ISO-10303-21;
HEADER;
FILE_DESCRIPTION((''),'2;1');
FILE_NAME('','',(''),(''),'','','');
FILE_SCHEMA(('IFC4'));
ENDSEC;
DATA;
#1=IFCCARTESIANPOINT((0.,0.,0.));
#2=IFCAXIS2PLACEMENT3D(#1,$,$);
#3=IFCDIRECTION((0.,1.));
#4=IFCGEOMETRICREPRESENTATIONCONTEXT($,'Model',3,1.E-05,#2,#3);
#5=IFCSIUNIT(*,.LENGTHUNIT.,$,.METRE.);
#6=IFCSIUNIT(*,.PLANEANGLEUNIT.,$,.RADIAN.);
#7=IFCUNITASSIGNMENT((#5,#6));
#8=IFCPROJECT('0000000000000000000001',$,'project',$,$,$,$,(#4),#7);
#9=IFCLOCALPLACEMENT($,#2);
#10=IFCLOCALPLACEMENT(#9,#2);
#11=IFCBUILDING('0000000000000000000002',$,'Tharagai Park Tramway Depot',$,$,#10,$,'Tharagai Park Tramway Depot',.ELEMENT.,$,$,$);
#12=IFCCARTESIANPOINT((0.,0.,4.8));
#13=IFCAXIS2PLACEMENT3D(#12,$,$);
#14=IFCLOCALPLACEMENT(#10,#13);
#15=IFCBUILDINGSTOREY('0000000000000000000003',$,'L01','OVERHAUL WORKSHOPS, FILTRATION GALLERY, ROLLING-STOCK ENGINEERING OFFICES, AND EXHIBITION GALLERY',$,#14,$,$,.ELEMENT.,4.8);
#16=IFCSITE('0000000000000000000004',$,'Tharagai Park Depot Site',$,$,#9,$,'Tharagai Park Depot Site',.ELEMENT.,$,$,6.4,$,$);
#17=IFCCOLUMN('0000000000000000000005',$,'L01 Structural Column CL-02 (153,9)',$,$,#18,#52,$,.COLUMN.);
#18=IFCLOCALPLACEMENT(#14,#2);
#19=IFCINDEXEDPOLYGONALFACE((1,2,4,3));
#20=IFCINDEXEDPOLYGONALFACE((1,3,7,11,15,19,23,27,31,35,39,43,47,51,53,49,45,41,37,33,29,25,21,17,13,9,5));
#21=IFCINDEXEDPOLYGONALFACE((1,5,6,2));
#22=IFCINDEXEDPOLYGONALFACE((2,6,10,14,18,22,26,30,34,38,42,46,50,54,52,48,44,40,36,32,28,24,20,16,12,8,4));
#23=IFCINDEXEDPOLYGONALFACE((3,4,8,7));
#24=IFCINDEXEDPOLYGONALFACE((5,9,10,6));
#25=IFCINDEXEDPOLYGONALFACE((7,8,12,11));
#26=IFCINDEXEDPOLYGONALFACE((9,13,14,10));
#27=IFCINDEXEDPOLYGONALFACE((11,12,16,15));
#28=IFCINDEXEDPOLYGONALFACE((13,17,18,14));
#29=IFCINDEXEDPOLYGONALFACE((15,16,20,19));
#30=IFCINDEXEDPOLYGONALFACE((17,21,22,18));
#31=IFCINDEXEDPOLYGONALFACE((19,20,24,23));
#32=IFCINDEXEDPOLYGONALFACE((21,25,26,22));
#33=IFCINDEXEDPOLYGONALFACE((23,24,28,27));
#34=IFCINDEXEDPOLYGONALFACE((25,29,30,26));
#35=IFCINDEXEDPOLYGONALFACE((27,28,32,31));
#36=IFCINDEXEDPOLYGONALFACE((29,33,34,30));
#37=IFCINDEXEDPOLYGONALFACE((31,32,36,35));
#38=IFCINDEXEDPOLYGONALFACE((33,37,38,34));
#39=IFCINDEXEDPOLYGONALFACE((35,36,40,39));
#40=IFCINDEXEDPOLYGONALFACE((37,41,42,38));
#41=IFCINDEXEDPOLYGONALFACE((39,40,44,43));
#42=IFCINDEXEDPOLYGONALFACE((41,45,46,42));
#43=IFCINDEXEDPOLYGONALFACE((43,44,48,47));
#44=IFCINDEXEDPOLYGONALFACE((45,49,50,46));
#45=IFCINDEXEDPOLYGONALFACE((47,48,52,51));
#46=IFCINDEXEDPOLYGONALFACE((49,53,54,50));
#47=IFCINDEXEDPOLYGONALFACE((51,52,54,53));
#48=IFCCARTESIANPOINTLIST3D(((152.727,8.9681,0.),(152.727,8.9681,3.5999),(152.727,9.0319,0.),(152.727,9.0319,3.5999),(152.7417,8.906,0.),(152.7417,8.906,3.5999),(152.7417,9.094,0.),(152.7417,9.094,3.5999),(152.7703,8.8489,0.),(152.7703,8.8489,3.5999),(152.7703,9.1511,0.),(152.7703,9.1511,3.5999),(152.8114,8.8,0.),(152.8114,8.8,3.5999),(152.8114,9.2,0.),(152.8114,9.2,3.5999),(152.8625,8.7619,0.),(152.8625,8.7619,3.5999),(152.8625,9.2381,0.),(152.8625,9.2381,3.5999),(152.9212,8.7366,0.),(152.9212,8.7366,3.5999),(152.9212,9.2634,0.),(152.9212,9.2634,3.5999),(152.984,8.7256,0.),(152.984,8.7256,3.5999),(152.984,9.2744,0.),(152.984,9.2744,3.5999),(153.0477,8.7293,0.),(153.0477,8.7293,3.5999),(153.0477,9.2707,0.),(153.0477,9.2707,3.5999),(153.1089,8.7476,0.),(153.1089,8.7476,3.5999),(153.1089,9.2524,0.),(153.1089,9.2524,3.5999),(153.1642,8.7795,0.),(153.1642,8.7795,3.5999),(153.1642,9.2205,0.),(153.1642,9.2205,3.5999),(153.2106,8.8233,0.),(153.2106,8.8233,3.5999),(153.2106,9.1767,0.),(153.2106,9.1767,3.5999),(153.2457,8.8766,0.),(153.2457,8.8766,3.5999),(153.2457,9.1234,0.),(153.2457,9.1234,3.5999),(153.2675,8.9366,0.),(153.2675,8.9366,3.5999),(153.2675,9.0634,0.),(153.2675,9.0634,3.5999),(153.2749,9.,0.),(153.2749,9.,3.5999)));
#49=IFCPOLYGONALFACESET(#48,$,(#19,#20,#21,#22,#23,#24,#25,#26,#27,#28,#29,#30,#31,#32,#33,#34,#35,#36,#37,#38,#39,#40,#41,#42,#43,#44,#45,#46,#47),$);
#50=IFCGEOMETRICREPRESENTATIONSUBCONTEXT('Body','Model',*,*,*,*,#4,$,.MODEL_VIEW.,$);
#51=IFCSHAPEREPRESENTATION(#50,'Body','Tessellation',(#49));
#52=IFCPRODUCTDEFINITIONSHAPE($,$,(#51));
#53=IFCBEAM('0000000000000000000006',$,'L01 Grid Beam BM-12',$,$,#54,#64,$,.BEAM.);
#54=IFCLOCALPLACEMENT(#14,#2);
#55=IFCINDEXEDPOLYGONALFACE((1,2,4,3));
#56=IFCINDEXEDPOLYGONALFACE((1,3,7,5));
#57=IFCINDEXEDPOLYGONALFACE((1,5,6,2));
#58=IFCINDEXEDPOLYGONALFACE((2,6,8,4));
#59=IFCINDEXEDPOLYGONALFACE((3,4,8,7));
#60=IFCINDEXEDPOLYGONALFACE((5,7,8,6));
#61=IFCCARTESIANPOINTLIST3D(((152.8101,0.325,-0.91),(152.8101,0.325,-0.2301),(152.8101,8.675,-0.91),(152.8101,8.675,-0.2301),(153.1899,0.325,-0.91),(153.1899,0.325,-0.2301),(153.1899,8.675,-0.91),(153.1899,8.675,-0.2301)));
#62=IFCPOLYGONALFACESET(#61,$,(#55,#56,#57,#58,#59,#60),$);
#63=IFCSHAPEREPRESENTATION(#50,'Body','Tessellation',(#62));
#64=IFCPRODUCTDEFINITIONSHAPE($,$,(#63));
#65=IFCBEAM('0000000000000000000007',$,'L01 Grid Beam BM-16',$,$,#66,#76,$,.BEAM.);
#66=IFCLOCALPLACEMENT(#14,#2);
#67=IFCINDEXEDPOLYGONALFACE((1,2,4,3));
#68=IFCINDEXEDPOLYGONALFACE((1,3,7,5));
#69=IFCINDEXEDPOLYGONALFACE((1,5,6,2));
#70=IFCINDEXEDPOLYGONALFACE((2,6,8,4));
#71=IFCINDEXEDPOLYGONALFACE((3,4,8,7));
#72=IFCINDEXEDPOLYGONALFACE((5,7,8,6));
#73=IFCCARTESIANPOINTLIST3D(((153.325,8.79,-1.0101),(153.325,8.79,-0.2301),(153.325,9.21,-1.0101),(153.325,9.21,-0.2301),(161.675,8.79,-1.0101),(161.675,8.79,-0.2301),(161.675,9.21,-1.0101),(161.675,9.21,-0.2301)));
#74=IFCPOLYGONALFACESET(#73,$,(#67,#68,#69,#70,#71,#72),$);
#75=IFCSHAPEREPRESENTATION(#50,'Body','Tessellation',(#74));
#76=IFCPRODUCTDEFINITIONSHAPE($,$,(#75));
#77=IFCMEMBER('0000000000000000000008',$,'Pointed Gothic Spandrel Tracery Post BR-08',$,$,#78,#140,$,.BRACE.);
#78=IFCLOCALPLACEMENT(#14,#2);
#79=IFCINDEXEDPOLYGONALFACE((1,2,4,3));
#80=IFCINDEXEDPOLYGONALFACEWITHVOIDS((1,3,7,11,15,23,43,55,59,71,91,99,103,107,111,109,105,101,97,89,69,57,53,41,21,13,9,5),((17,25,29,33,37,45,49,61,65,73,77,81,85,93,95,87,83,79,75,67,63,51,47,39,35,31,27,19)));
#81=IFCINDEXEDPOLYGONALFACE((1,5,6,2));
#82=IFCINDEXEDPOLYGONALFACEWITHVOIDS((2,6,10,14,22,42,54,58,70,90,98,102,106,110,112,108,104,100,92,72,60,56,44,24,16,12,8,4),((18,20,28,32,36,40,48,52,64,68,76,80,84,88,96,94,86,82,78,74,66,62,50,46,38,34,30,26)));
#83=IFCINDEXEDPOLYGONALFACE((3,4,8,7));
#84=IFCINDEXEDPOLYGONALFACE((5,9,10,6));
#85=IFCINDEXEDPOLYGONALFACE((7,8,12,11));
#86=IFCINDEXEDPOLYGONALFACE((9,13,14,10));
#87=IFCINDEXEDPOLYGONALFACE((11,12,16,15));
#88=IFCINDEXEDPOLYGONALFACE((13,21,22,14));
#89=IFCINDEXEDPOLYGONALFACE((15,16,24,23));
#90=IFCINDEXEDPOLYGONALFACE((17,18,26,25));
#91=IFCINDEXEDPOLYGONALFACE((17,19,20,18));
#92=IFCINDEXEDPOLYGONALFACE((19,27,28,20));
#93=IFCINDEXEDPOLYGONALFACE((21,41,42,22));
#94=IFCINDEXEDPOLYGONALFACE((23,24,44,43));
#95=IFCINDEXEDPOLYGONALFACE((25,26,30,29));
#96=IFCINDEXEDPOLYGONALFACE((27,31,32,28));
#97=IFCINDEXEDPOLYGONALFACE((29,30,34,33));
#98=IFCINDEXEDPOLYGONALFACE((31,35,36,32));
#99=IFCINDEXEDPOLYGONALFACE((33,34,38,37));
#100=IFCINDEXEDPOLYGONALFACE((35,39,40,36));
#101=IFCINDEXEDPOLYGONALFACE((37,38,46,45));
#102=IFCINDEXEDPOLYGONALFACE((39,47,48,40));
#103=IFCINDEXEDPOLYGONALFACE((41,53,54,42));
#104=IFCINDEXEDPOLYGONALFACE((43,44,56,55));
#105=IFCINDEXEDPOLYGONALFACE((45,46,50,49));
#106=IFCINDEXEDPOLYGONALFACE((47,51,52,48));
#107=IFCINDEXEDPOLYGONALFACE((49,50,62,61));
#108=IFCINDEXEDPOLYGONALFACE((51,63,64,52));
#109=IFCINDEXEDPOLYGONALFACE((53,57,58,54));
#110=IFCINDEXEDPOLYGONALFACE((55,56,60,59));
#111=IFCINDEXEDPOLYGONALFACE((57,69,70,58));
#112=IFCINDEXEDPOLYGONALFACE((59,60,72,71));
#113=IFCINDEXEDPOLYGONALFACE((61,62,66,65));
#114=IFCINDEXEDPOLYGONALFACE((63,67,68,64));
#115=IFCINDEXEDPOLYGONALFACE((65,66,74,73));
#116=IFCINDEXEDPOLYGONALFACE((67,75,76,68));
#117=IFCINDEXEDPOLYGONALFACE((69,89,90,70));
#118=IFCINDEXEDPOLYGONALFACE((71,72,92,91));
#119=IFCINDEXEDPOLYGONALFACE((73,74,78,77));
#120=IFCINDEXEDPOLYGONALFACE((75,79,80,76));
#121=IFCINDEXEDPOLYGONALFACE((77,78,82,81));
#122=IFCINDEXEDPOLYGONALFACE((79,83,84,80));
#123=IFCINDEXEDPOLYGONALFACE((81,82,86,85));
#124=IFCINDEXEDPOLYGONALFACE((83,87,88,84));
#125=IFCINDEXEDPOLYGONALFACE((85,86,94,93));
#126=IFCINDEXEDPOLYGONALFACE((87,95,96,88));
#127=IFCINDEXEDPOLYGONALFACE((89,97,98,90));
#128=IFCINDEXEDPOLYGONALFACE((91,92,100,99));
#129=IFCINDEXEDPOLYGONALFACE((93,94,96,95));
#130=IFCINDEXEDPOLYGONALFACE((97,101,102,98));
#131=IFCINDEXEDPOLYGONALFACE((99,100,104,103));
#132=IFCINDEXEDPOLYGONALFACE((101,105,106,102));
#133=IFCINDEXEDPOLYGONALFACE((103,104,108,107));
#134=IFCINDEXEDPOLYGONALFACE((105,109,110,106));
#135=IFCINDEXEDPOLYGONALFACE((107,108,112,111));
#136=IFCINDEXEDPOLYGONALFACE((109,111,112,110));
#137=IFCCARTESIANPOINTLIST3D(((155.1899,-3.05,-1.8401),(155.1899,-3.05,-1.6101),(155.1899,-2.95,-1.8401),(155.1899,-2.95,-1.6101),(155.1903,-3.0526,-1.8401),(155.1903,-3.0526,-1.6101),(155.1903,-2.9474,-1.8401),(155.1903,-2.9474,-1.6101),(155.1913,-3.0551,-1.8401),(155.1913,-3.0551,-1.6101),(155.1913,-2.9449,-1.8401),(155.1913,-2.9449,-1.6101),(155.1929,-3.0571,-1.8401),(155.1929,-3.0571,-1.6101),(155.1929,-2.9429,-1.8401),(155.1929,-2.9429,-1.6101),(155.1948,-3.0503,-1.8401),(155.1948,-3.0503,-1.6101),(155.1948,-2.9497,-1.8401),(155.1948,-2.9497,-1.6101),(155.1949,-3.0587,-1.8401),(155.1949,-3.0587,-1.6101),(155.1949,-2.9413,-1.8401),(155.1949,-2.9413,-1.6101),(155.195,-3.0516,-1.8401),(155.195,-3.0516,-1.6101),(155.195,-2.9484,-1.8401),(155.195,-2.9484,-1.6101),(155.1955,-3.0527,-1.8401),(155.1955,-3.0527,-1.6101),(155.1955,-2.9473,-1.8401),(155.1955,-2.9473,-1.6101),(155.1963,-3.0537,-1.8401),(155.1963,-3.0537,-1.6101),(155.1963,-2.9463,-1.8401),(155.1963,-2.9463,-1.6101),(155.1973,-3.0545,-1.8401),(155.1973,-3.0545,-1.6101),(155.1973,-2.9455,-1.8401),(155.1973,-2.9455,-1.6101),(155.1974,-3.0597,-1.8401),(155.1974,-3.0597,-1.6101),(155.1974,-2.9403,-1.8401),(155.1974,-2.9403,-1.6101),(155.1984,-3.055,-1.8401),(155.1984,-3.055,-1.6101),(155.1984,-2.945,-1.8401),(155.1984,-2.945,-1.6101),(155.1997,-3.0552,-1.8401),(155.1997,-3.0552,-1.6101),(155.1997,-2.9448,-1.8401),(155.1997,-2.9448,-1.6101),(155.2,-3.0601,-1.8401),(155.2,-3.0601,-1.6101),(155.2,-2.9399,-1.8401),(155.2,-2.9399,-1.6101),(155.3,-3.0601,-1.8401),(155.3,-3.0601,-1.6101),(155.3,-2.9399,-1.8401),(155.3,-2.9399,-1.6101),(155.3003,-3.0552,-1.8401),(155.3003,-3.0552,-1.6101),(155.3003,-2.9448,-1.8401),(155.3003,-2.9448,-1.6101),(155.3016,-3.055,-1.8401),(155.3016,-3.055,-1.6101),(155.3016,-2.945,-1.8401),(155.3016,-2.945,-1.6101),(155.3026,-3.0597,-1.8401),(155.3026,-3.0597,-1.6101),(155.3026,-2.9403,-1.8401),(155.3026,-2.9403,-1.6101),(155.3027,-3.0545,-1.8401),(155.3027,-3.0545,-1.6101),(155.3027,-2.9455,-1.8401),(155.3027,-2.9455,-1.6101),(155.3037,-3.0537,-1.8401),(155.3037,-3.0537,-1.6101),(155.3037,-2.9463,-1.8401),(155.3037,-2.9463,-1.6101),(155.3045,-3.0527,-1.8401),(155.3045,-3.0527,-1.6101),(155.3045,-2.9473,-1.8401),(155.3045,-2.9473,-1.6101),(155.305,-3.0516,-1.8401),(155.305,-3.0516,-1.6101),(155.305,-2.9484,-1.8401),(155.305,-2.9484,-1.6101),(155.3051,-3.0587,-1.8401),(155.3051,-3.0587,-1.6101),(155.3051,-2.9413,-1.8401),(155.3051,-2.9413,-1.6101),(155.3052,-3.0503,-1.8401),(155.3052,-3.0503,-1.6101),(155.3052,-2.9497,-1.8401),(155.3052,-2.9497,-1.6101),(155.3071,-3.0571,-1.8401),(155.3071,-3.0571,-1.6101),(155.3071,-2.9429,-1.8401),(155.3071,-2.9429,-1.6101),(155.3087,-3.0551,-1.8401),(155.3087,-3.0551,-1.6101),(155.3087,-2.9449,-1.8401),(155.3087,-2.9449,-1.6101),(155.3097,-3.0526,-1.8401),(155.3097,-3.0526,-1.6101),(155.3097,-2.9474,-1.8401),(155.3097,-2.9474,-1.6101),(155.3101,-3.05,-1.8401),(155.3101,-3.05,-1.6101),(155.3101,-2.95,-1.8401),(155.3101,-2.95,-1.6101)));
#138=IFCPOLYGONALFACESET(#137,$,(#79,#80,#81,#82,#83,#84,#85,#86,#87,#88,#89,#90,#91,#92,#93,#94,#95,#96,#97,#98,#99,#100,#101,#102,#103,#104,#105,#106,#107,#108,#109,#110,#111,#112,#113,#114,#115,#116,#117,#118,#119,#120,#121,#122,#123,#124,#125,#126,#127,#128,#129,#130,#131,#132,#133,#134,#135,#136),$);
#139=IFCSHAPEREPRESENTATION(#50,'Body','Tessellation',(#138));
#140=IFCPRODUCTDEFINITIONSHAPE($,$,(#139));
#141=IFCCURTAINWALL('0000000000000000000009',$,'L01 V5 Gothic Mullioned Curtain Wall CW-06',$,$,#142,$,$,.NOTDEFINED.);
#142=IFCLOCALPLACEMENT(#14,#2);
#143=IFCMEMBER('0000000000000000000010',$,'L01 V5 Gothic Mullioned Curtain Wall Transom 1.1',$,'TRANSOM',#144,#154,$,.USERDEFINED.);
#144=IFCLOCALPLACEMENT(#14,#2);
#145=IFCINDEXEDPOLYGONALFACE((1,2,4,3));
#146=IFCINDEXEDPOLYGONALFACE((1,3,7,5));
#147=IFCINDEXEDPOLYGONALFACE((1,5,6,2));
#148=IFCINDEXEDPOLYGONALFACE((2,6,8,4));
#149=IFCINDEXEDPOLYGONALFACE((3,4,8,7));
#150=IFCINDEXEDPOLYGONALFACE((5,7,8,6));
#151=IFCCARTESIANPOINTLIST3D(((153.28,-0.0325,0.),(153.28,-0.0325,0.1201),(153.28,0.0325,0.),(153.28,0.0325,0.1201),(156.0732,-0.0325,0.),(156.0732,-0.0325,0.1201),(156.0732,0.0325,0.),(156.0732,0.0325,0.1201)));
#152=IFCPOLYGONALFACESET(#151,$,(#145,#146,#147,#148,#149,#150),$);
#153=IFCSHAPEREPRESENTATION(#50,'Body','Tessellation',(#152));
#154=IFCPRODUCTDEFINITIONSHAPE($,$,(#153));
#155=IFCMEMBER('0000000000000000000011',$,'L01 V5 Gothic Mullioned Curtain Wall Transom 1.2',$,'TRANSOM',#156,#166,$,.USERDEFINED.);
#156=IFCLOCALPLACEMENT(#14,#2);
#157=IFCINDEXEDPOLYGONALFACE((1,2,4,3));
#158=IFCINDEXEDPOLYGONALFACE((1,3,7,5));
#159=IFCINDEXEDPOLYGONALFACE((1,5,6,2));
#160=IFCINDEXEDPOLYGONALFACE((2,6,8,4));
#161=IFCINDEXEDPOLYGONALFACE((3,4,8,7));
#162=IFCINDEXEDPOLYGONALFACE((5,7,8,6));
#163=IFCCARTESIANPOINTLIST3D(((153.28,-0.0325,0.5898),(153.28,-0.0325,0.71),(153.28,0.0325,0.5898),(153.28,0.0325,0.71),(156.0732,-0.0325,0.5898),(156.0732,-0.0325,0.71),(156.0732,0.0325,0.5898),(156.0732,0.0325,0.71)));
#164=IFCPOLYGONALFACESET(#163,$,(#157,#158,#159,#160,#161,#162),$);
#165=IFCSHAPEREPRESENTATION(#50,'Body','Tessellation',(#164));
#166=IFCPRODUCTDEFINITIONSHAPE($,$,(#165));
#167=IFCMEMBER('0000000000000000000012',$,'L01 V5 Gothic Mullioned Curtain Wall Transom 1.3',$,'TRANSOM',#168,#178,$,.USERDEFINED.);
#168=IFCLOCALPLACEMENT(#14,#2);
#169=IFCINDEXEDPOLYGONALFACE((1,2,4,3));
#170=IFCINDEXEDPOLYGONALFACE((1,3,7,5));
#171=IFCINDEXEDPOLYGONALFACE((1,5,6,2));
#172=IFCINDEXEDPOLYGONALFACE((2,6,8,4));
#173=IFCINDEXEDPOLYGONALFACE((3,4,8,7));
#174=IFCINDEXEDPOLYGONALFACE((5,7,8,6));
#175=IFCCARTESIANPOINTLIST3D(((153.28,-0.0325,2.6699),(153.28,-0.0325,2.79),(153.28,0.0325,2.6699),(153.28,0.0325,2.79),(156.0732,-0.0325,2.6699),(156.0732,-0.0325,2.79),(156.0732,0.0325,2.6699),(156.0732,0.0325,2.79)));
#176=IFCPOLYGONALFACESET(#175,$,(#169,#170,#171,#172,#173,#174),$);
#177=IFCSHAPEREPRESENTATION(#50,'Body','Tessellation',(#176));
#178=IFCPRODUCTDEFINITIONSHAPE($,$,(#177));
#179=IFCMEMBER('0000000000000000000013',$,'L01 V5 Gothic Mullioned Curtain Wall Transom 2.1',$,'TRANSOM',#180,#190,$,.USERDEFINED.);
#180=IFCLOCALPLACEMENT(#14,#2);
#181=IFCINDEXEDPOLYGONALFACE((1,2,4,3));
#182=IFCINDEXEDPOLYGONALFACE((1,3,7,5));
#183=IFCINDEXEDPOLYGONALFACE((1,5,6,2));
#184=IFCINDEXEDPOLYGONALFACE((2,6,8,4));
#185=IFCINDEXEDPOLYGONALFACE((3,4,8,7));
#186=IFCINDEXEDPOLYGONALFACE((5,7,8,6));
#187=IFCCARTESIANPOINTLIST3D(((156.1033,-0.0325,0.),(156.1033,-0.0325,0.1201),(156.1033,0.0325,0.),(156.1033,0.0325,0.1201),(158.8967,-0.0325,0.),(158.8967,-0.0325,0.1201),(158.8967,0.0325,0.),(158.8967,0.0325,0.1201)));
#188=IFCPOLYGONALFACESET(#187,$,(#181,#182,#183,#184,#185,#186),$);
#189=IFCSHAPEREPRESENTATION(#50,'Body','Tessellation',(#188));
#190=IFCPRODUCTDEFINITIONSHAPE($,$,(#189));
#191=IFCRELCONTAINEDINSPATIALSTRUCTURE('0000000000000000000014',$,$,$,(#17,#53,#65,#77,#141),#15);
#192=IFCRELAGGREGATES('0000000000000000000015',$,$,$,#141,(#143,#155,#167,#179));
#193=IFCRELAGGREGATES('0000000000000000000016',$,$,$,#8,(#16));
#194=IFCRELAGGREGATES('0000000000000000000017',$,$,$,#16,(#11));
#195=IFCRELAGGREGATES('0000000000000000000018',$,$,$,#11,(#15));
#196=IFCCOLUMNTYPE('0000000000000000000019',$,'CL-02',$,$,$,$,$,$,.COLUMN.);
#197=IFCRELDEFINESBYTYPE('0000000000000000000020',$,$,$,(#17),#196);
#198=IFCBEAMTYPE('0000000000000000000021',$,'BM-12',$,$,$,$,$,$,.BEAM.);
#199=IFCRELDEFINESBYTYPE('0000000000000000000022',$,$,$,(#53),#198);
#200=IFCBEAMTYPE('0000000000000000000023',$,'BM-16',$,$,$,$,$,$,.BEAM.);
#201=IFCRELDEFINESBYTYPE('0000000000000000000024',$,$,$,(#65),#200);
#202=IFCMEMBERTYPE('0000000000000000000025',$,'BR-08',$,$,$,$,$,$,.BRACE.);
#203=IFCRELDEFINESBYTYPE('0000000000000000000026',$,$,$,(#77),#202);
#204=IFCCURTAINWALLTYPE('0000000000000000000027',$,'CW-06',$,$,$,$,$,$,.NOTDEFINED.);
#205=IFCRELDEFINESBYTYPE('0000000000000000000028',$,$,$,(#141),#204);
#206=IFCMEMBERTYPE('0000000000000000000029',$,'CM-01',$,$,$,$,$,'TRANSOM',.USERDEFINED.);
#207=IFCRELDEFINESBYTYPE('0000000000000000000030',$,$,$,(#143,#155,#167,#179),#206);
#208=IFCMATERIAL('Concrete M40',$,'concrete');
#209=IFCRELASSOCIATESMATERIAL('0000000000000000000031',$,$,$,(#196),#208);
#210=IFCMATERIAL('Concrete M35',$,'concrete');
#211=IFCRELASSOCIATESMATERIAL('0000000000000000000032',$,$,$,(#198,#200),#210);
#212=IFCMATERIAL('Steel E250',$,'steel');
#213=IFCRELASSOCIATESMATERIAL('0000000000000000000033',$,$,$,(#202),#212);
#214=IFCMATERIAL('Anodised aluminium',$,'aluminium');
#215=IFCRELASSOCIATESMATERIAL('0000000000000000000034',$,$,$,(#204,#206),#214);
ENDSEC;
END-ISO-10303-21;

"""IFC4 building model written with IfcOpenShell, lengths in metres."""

from ifc_helpers import new_model, si_unit, direction, frame, origin, origin_2d, place, context, subcontext, project, spatial, rectangle, hollow_rectangle, circle, extrude, material, material_profile, profile_set, type_object, element, aggregate, save


model = new_model("IFC4")

# Units and contexts
model_context = context("Model", 3, precision=1e-05, world=origin(), true_north=direction((0.0, 1.0)))
body_context = subcontext(model_context, "Body", "Model", "MODEL_VIEW")
ifc_project = project(units=[si_unit("LENGTHUNIT", "METRE"), si_unit("PLANEANGLEUNIT", "RADIAN")], contexts=[model_context])

# Site, building, storey
site_placement = place(None, origin())
site = spatial("IfcSite", under=ifc_project, at=site_placement, Name="Tharagai Park Depot Site", LongName="Tharagai Park Depot Site", CompositionType="ELEMENT", RefElevation=6.4)
building_placement = place(site_placement, origin())
building = spatial("IfcBuilding", under=site, at=building_placement, Name="Tharagai Park Tramway Depot", LongName="Tharagai Park Tramway Depot", CompositionType="ELEMENT")
storey_placement = place(building_placement, frame((0.0, 0.0, 4.8)))
storey = spatial("IfcBuildingStorey", under=building, at=storey_placement, Name="L01", Description="OVERHAUL WORKSHOPS, FILTRATION GALLERY, ROLLING-STOCK ENGINEERING OFFICES, AND EXHIBITION GALLERY", CompositionType="ELEMENT", Elevation=4.8)

# Column
ifc_material_1 = material(Name="Concrete M40", Category="concrete")
ifc_material_profile_1 = material_profile(ifc_material_1, circle(Radius=0.2749, at=origin_2d()), Name="RC D550")
ifc_profile_set_1 = profile_set([ifc_material_profile_1], Name="Concrete M40")
column_type = type_object("IfcColumnType", Name="CL-02", PredefinedType="COLUMN", material=ifc_profile_set_1)
column_placement = place(storey_placement, frame((153.0, 9.0, 0.0), z_axis=(0.0, 0.0, 1.0), x_axis=(1.0, 0.0, 0.0)))
element("IfcColumn", 1, at=column_placement, inside=storey, type_object=column_type, Name="L01 Structural Column CL-02 (153,9)", PredefinedType="COLUMN", context=body_context, shape_type="SweptSolid", body=[
    extrude(circle(Radius=0.2749, at=origin_2d()), origin(), (0.0, 0.0, 1.0), 3.5999),
])

# Beams
ifc_material_2 = material(Name="Concrete M35", Category="concrete")
ifc_material_profile_2 = material_profile(ifc_material_2, rectangle(XDim=0.3799, YDim=0.6799, at=origin_2d()), Name="RC 380x680")
ifc_profile_set_2 = profile_set([ifc_material_profile_2], Name="Concrete M35")
beam_type_1 = type_object("IfcBeamType", Name="BM-12", PredefinedType="BEAM", material=ifc_profile_set_2)
beam_1_placement = place(storey_placement, frame((153.0, 0.325, -0.5701), z_axis=(0.0, 1.0, 0.0), x_axis=(-1.0, 0.0, 0.0)))
element("IfcBeam", 2, at=beam_1_placement, inside=storey, type_object=beam_type_1, Name="L01 Grid Beam BM-12", PredefinedType="BEAM", context=body_context, shape_type="SweptSolid", body=[
    extrude(rectangle(XDim=0.3799, YDim=0.6799, at=origin_2d()), origin(), (0.0, 0.0, 1.0), 8.3501),
])
ifc_material_profile_3 = material_profile(ifc_material_2, rectangle(XDim=0.4199, YDim=0.78, at=origin_2d()), Name="RC 420x780")
ifc_profile_set_3 = profile_set([ifc_material_profile_3], Name="Concrete M35")
beam_type_2 = type_object("IfcBeamType", Name="BM-16", PredefinedType="BEAM", material=ifc_profile_set_3)
beam_2_placement = place(storey_placement, frame((153.325, 9.0, -0.6201), z_axis=(1.0, 0.0, 0.0), x_axis=(0.0, 1.0, 0.0)))
element("IfcBeam", 3, at=beam_2_placement, inside=storey, type_object=beam_type_2, Name="L01 Grid Beam BM-16", PredefinedType="BEAM", context=body_context, shape_type="SweptSolid", body=[
    extrude(rectangle(XDim=0.4199, YDim=0.78, at=origin_2d()), origin(), (0.0, 0.0, 1.0), 8.3501),
])

# Member
ifc_material_3 = material(Name="Steel E250", Category="steel")
ifc_material_profile_4 = material_profile(ifc_material_3, hollow_rectangle(XDim=0.1201, YDim=0.1201, WallThickness=0.0049, InnerFilletRadius=0.0049, OuterFilletRadius=0.01, at=origin_2d()), Name="SHS 120x120x5")
ifc_profile_set_4 = profile_set([ifc_material_profile_4], Name="Steel E250")
member_type_1 = type_object("IfcMemberType", Name="BR-08", PredefinedType="BRACE", material=ifc_profile_set_4)
member_1_placement = place(storey_placement, frame((155.25, -3.0, -1.8401), z_axis=(0.0, 0.0, 1.0), x_axis=(1.0, 0.0, 0.0)))
element("IfcMember", 4, at=member_1_placement, inside=storey, type_object=member_type_1, Name="Pointed Gothic Spandrel Tracery Post BR-08", PredefinedType="BRACE", context=body_context, shape_type="SweptSolid", body=[
    extrude(hollow_rectangle(XDim=0.1201, YDim=0.1201, WallThickness=0.0049, InnerFilletRadius=0.0049, OuterFilletRadius=0.01, at=origin_2d()), origin(), (0.0, 0.0, 1.0), 0.23),
])

# Curtain wall, members
ifc_material_4 = material(Name="Anodised aluminium", Category="aluminium")
curtain_wall_type = type_object("IfcCurtainWallType", Name="CW-06", PredefinedType="NOTDEFINED", material=ifc_material_4)
curtain_wall_placement = place(storey_placement, origin())
curtain_wall = element("IfcCurtainWall", 5, at=curtain_wall_placement, inside=storey, type_object=curtain_wall_type, Name="L01 V5 Gothic Mullioned Curtain Wall CW-06", PredefinedType="NOTDEFINED")
ifc_material_profile_5 = material_profile(ifc_material_4, rectangle(XDim=0.0649, YDim=0.1201, at=origin_2d()), Name="ALU 65x120")
ifc_profile_set_5 = profile_set([ifc_material_profile_5], Name="Anodised aluminium")
member_type_2 = type_object("IfcMemberType", Name="CM-01", ElementType="TRANSOM", PredefinedType="USERDEFINED", material=ifc_profile_set_5)
member_2_placement = place(storey_placement, frame((153.28, 0.0, 0.0601), z_axis=(1.0, 0.0, 0.0), x_axis=(0.0, 1.0, 0.0)))
member_2 = element("IfcMember", 6, at=member_2_placement, type_object=member_type_2, Name="L01 V5 Gothic Mullioned Curtain Wall Transom 1.1", ObjectType="TRANSOM", PredefinedType="USERDEFINED", context=body_context, shape_type="SweptSolid", body=[
    extrude(rectangle(XDim=0.0649, YDim=0.1201, at=origin_2d()), origin(), (0.0, 0.0, 1.0), 2.7932),
])
member_3_placement = place(storey_placement, frame((153.28, 0.0, 0.6499), z_axis=(1.0, 0.0, 0.0), x_axis=(0.0, 1.0, 0.0)))
member_3 = element("IfcMember", 7, at=member_3_placement, type_object=member_type_2, Name="L01 V5 Gothic Mullioned Curtain Wall Transom 1.2", ObjectType="TRANSOM", PredefinedType="USERDEFINED", context=body_context, shape_type="SweptSolid", body=[
    extrude(rectangle(XDim=0.0649, YDim=0.1201, at=origin_2d()), origin(), (0.0, 0.0, 1.0), 2.7932),
])
member_4_placement = place(storey_placement, frame((153.28, 0.0, 2.73), z_axis=(1.0, 0.0, 0.0), x_axis=(0.0, 1.0, 0.0)))
member_4 = element("IfcMember", 8, at=member_4_placement, type_object=member_type_2, Name="L01 V5 Gothic Mullioned Curtain Wall Transom 1.3", ObjectType="TRANSOM", PredefinedType="USERDEFINED", context=body_context, shape_type="SweptSolid", body=[
    extrude(rectangle(XDim=0.0649, YDim=0.1201, at=origin_2d()), origin(), (0.0, 0.0, 1.0), 2.7932),
])
member_5_placement = place(storey_placement, frame((156.1033, 0.0, 0.0601), z_axis=(1.0, 0.0, 0.0), x_axis=(0.0, 1.0, 0.0)))
member_5 = element("IfcMember", 9, at=member_5_placement, type_object=member_type_2, Name="L01 V5 Gothic Mullioned Curtain Wall Transom 2.1", ObjectType="TRANSOM", PredefinedType="USERDEFINED", context=body_context, shape_type="SweptSolid", body=[
    extrude(rectangle(XDim=0.0649, YDim=0.1201, at=origin_2d()), origin(), (0.0, 0.0, 1.0), 2.7935),
])

aggregate(curtain_wall, [member_2, member_3, member_4, member_5])

save(model, "model.ifc")
